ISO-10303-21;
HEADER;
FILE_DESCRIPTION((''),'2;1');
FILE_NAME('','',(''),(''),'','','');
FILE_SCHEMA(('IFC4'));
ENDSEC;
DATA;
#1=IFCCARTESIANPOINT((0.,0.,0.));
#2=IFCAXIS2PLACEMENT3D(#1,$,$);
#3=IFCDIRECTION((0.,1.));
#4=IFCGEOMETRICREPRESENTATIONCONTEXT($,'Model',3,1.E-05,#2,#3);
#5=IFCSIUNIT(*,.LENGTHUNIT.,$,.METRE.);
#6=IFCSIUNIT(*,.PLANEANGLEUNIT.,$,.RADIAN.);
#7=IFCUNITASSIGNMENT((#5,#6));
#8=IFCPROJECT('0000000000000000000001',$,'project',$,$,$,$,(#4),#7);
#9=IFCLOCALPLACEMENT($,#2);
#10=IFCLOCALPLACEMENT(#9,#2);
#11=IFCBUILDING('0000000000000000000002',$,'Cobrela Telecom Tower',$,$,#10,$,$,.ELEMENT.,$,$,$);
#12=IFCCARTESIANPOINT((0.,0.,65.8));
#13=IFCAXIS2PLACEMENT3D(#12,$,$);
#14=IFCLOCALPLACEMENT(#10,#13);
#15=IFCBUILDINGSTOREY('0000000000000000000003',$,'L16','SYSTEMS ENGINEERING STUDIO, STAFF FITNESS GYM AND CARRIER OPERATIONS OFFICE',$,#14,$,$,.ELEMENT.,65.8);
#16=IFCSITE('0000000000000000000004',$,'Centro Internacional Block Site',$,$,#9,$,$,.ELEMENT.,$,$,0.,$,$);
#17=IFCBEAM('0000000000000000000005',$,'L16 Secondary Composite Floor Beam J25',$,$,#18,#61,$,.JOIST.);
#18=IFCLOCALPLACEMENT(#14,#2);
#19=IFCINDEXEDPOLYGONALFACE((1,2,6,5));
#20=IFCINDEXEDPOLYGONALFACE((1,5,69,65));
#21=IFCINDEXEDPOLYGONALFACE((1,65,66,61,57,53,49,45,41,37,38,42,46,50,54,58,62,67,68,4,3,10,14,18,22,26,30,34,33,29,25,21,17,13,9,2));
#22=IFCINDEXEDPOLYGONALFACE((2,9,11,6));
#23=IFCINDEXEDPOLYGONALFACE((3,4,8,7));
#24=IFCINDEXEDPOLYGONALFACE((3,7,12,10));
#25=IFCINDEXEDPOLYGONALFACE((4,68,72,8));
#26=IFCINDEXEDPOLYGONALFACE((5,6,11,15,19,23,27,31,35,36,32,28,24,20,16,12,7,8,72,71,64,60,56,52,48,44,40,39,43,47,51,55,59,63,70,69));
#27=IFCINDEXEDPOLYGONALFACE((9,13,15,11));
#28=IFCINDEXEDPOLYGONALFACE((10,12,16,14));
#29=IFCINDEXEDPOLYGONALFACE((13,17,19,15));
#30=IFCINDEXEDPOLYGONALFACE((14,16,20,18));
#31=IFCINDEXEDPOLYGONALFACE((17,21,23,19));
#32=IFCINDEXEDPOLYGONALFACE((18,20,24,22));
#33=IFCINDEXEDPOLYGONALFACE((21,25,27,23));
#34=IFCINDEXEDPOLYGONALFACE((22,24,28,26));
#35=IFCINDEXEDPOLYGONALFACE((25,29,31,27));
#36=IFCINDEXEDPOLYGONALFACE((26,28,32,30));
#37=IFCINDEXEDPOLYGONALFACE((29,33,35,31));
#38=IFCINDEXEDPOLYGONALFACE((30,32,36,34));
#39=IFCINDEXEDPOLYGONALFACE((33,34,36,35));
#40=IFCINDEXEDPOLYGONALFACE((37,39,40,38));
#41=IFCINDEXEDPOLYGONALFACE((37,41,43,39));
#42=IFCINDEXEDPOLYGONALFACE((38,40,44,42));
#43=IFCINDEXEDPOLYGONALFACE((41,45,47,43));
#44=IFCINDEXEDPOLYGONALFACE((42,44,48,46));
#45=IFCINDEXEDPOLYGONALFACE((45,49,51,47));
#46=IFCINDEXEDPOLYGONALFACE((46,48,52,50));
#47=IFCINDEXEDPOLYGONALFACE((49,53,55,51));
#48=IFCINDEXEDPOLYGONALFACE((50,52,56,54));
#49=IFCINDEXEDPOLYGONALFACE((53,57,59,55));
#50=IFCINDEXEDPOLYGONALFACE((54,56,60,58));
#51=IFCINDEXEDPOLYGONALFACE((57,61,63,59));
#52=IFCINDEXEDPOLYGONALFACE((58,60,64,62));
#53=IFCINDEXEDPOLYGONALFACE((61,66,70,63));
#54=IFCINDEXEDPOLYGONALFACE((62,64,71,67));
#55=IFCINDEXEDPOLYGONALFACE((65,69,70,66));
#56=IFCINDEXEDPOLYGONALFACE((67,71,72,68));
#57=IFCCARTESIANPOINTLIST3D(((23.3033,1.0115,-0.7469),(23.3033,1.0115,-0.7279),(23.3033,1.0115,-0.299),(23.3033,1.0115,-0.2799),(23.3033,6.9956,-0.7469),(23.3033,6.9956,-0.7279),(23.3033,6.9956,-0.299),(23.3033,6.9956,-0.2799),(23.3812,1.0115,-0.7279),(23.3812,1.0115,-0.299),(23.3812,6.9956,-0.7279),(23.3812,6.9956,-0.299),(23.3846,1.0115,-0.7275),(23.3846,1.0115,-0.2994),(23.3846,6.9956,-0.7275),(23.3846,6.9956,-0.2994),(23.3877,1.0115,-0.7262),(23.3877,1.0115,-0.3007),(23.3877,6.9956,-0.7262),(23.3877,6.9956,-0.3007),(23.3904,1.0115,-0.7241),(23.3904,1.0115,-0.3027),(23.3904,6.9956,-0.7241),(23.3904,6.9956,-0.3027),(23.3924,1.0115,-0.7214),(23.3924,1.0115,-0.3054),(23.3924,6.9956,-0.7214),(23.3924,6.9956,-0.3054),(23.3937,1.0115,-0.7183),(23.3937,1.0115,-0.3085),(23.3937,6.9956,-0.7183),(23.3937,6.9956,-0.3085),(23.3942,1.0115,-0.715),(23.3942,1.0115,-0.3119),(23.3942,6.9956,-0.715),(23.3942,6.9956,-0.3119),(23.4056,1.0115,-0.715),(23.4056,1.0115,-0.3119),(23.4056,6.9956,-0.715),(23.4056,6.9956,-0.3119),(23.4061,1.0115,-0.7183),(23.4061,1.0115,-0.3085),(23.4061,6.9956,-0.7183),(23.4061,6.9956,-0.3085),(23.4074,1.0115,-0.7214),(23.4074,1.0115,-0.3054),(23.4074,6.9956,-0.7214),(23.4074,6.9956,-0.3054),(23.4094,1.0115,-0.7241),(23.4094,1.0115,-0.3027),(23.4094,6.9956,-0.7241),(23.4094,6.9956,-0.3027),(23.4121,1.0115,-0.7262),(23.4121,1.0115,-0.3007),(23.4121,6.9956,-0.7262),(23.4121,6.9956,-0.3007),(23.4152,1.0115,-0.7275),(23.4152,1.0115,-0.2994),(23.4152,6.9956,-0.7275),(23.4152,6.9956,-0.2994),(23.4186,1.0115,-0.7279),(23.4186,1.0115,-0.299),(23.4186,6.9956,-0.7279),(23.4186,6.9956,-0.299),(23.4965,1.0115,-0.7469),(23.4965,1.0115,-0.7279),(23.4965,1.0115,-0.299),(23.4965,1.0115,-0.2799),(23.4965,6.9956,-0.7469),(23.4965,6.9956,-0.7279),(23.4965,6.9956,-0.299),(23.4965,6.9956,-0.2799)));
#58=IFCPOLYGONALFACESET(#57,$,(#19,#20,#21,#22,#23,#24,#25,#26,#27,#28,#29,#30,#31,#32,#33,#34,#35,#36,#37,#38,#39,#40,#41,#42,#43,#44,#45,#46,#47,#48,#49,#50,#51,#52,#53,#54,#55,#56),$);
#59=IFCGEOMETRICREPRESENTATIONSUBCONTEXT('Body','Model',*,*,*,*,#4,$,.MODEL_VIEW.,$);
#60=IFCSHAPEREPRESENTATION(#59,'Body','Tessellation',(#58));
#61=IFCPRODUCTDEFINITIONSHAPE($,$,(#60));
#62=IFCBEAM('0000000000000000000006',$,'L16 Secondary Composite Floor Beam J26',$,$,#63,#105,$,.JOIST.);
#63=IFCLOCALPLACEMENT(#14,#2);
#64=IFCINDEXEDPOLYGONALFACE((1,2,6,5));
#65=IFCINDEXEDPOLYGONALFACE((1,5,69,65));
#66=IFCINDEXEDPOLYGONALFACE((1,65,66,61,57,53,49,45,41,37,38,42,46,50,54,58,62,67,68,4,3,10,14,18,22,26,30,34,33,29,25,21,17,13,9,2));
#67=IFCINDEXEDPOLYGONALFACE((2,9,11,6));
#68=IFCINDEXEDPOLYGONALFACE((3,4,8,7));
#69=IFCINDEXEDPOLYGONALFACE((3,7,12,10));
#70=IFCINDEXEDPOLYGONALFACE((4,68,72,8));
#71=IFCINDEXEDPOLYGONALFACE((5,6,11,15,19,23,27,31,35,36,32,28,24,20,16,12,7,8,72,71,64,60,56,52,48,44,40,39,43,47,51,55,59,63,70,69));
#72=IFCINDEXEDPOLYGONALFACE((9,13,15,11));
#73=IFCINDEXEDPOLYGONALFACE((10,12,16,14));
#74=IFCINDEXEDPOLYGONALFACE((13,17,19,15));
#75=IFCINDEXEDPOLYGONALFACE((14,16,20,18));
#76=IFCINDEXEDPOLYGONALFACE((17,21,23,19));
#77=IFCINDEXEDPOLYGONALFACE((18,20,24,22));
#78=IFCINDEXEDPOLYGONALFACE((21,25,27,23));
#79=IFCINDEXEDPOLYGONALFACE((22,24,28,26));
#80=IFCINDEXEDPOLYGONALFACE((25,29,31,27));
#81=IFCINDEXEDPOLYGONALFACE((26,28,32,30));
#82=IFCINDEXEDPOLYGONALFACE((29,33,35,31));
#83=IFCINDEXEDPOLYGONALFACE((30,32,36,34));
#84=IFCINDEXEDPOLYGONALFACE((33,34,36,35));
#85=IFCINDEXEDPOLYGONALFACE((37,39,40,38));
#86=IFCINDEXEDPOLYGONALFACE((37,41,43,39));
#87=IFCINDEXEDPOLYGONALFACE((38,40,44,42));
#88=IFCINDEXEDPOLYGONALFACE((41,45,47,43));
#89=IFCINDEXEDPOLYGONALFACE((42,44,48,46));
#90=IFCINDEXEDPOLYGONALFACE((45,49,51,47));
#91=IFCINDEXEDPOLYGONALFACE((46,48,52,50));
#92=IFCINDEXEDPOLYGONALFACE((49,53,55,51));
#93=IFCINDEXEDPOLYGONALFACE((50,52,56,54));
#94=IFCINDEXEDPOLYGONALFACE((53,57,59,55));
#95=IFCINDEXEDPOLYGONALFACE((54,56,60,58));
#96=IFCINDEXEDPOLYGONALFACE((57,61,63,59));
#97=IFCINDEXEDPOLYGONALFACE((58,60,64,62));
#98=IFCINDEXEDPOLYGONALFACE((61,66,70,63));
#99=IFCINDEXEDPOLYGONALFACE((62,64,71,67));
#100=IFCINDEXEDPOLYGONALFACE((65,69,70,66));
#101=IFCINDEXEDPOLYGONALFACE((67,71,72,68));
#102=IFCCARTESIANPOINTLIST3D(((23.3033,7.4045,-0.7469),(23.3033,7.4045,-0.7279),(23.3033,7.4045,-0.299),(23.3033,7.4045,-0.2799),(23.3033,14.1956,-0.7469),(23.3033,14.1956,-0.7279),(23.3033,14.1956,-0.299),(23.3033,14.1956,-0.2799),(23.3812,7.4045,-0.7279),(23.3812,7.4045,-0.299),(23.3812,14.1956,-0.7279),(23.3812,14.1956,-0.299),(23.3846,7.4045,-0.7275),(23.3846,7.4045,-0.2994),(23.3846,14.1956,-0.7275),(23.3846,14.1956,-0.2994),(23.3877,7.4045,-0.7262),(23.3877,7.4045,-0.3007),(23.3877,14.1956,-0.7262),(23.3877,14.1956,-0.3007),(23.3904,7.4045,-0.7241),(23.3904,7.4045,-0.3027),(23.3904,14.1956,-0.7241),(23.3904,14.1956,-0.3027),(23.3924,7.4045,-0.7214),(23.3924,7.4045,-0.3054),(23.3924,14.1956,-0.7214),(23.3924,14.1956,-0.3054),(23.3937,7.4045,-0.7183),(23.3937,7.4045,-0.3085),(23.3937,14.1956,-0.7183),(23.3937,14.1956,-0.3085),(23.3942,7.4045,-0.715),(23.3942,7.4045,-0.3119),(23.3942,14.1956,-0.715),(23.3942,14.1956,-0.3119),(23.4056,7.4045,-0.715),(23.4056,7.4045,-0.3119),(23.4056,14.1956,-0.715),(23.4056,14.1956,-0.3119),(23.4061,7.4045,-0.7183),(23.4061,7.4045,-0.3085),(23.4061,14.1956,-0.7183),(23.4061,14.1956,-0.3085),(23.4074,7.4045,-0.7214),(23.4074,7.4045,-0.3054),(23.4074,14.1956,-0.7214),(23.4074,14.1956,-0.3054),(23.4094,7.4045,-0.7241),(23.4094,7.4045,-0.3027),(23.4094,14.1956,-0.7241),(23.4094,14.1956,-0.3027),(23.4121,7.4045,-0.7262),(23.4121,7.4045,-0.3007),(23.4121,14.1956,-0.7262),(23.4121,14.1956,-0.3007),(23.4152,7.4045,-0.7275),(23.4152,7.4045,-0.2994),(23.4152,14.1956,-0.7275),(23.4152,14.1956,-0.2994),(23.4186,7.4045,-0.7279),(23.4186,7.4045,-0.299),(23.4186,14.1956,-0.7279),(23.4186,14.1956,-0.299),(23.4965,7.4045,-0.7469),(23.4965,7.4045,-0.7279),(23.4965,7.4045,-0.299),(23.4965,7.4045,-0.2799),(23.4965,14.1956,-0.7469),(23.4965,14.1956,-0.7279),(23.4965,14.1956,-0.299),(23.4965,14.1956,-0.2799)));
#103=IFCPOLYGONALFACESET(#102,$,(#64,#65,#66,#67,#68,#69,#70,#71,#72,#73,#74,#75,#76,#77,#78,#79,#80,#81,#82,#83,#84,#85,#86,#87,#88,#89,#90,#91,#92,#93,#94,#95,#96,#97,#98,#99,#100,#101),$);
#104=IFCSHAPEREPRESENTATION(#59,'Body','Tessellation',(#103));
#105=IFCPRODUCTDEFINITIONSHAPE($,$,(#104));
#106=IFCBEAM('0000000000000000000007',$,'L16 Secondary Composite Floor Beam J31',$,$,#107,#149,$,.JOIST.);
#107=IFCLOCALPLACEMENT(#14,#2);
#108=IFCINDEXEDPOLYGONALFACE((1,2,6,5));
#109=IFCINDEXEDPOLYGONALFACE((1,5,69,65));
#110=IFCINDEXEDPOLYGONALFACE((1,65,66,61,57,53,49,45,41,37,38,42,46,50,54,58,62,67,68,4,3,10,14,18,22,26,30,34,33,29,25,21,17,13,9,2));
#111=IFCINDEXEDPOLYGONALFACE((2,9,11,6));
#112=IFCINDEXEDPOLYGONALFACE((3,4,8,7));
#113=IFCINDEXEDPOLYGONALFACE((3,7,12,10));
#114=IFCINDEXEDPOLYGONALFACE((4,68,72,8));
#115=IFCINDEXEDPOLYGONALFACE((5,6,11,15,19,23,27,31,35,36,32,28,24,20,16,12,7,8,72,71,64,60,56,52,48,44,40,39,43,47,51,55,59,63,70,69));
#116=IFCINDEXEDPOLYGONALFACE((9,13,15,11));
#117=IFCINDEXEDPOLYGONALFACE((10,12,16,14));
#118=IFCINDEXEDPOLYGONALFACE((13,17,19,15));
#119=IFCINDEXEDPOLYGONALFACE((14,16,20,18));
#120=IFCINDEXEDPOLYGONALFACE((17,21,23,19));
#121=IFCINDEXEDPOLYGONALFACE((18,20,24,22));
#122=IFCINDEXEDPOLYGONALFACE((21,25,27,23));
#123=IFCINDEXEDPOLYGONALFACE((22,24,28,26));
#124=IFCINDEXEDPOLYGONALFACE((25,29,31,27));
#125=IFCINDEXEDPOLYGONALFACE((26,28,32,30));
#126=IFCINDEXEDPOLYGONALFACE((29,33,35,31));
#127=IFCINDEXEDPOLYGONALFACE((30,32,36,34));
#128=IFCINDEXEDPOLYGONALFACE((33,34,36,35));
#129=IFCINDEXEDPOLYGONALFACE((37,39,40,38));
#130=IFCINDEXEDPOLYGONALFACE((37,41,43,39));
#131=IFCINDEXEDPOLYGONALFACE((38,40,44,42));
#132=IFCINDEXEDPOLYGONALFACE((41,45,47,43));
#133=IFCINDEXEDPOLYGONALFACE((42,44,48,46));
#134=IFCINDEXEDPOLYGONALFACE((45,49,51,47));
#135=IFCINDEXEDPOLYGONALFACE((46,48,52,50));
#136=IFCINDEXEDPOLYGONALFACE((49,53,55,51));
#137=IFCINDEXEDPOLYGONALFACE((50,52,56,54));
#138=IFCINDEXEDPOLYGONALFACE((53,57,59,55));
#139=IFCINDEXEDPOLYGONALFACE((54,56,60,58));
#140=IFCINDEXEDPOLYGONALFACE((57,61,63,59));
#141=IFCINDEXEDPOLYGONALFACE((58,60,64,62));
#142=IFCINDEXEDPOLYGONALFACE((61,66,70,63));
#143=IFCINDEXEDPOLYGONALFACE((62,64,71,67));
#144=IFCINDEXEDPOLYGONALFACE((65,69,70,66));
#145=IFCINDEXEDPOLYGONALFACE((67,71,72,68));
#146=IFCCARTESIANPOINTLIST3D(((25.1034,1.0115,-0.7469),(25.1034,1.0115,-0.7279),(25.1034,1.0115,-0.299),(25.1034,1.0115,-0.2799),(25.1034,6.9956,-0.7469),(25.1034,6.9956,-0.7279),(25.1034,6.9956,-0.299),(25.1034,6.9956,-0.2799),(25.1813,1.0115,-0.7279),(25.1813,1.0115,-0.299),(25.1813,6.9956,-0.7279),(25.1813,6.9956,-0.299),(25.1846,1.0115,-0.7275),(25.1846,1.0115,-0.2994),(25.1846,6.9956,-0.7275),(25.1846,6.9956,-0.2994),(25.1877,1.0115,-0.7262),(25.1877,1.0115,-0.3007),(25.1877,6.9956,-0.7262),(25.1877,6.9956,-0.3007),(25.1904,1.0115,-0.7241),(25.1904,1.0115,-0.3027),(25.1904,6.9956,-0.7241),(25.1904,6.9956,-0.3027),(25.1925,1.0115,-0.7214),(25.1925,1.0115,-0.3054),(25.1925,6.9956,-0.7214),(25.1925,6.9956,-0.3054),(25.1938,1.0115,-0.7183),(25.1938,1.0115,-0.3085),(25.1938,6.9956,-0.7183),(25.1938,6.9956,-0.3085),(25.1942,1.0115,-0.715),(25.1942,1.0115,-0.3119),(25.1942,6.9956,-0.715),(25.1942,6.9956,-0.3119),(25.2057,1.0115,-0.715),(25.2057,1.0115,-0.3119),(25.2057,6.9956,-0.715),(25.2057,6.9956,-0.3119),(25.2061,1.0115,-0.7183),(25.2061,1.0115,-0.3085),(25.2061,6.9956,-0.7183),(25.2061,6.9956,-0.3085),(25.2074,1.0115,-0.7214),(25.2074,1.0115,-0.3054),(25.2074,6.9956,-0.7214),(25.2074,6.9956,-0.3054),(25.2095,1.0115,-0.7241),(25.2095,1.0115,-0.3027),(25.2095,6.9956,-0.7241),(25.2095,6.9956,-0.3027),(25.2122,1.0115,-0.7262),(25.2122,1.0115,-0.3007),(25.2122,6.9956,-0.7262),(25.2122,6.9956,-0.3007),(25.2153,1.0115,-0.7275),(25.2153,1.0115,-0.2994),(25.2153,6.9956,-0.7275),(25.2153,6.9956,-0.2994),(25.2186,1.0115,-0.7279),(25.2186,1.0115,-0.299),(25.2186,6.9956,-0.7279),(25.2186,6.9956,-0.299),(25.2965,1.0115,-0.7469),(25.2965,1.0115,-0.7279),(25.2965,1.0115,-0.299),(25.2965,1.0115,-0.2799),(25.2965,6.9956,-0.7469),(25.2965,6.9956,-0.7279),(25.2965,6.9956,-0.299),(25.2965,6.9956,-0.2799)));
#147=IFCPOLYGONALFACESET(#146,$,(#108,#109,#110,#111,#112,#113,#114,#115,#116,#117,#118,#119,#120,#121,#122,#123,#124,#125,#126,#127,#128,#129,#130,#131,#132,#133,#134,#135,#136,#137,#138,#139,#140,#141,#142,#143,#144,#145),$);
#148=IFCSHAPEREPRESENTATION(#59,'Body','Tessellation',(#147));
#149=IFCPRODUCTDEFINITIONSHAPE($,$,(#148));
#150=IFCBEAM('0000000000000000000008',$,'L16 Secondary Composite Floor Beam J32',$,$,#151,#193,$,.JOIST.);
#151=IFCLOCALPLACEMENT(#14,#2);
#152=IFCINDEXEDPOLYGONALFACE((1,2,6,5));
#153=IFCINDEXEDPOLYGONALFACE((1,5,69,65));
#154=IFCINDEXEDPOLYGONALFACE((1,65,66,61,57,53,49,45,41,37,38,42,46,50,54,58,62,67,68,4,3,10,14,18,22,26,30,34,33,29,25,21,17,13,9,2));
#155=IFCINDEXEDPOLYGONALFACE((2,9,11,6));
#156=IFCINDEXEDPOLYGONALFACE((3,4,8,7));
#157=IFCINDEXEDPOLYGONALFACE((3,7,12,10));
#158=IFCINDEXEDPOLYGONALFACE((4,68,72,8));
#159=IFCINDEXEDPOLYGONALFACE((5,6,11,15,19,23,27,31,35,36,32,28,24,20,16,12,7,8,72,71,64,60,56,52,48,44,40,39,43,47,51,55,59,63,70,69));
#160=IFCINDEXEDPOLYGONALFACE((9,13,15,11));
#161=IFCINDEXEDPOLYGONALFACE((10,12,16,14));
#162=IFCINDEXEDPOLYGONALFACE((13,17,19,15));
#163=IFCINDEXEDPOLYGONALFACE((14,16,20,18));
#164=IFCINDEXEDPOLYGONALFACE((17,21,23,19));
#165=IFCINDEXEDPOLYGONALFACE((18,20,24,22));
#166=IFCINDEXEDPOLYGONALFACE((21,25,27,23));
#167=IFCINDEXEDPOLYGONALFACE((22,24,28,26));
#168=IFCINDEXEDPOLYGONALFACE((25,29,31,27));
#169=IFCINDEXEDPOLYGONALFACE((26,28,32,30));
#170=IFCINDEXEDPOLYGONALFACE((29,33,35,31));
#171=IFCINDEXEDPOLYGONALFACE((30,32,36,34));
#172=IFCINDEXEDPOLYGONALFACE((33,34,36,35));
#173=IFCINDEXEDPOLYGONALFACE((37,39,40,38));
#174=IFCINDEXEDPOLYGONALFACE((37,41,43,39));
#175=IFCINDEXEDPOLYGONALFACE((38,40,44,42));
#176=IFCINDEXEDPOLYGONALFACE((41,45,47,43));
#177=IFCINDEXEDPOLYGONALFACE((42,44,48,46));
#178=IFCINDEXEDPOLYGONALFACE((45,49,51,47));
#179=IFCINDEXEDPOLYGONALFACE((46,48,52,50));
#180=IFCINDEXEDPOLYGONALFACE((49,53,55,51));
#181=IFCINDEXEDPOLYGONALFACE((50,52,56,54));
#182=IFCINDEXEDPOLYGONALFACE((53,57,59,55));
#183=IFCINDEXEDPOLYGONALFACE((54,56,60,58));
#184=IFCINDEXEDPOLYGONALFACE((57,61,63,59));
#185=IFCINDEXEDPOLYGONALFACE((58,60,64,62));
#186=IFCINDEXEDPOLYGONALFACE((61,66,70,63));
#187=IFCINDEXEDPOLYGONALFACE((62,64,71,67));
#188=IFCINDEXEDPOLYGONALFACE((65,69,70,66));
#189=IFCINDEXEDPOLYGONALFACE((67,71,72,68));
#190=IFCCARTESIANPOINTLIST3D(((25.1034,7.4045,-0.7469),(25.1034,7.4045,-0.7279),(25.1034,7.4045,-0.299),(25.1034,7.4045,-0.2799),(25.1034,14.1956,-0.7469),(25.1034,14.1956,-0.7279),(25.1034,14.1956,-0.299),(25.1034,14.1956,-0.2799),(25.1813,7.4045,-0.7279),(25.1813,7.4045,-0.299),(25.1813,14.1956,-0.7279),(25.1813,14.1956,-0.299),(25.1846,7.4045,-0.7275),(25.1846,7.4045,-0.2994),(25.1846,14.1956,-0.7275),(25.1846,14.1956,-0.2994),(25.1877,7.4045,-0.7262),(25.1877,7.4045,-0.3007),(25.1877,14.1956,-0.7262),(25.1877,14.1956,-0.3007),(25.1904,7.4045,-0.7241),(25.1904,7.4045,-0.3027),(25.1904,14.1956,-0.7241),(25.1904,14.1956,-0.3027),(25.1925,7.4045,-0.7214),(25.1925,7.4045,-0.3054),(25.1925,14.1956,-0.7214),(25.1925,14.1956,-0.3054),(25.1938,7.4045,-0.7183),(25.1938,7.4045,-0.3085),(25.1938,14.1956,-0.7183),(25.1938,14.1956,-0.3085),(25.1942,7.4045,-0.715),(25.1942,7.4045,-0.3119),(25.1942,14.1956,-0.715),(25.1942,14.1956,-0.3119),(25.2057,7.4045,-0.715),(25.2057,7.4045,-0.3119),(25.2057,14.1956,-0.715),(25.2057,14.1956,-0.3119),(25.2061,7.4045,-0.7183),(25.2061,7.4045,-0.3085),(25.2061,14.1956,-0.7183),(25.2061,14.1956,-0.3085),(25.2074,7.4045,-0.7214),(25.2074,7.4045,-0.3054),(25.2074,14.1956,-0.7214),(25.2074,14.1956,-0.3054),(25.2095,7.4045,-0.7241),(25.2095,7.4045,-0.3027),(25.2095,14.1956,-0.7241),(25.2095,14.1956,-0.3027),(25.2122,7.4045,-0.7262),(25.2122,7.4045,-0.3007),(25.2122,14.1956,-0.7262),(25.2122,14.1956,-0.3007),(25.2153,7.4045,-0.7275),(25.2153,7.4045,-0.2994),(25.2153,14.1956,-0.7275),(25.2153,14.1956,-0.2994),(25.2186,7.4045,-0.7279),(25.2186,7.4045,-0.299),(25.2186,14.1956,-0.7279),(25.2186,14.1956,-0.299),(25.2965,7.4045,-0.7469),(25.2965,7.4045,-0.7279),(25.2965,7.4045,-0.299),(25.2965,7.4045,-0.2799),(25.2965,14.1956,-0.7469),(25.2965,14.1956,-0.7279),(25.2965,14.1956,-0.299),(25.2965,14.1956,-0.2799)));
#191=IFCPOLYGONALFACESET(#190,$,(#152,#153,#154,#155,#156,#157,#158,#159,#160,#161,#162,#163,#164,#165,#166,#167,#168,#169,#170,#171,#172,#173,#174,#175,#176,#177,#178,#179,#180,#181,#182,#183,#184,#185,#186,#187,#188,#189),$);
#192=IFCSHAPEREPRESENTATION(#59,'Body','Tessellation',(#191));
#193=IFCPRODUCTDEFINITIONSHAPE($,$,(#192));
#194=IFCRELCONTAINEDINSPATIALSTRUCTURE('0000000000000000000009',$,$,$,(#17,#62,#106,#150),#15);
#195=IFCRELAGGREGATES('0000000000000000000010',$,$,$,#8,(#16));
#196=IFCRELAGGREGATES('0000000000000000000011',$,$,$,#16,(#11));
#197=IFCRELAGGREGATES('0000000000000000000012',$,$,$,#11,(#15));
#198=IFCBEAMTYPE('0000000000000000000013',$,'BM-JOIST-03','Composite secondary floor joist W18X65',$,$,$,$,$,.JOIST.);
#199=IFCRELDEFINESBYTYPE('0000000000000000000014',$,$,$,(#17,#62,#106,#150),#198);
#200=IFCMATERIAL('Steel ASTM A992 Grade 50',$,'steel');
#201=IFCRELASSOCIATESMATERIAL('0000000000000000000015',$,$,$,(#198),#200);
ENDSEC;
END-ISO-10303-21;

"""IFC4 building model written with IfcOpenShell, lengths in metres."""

from ifc_helpers import new_model, si_unit, direction, frame, origin, origin_2d, place, context, subcontext, project, spatial, i_section, extrude, material, material_profile, profile_set, type_object, element, save


model = new_model("IFC4")

# Units and contexts
model_context = context("Model", 3, precision=1e-05, world=origin(), true_north=direction((0.0, 1.0)))
body_context = subcontext(model_context, "Body", "Model", "MODEL_VIEW")
ifc_project = project(units=[si_unit("LENGTHUNIT", "METRE"), si_unit("PLANEANGLEUNIT", "RADIAN")], contexts=[model_context])

# Site, building, storey
site_placement = place(None, origin())
site = spatial("IfcSite", under=ifc_project, at=site_placement, Name="Centro Internacional Block Site", CompositionType="ELEMENT", RefElevation=0.0)
building_placement = place(site_placement, origin())
building = spatial("IfcBuilding", under=site, at=building_placement, Name="Cobrela Telecom Tower", CompositionType="ELEMENT")
storey_placement = place(building_placement, frame((0.0, 0.0, 65.8)))
storey = spatial("IfcBuildingStorey", under=building, at=storey_placement, Name="L16", Description="SYSTEMS ENGINEERING STUDIO, STAFF FITNESS GYM AND CARRIER OPERATIONS OFFICE", CompositionType="ELEMENT", Elevation=65.8)

# Shared definitions
ifc_material_1 = material(Name="Steel ASTM A992 Grade 50", Category="steel")

# Beams
ifc_material_profile_1 = material_profile(ifc_material_1, i_section(OverallWidth=0.1931, OverallDepth=0.467, WebThickness=0.0115, FlangeThickness=0.019, FilletRadius=0.0129, at=origin_2d()), Name="W18X65")
ifc_profile_set_1 = profile_set([ifc_material_profile_1], Name="Steel ASTM A992 Grade 50")
beam_type_1 = type_object("IfcBeamType", Name="BM-JOIST-03", Description="Composite secondary floor joist W18X65", PredefinedType="JOIST", material=ifc_profile_set_1)
beam_1_placement = place(storey_placement, frame((23.3999, 1.0115, -0.5134), z_axis=(0.0, 1.0, 0.0), x_axis=(-1.0, 0.0, 0.0)))
element("IfcBeam", 1, at=beam_1_placement, inside=storey, type_object=beam_type_1, Name="L16 Secondary Composite Floor Beam J25", PredefinedType="JOIST", context=body_context, shape_type="SweptSolid", body=[
    extrude(i_section(OverallWidth=0.1931, OverallDepth=0.467, WebThickness=0.0115, FlangeThickness=0.019, FilletRadius=0.0129, at=origin_2d()), origin(), (0.0, 0.0, 1.0), 5.9841),
])
beam_2_placement = place(storey_placement, frame((23.3999, 7.4045, -0.5134), z_axis=(0.0, 1.0, 0.0), x_axis=(-1.0, 0.0, 0.0)))
element("IfcBeam", 2, at=beam_2_placement, inside=storey, type_object=beam_type_1, Name="L16 Secondary Composite Floor Beam J26", PredefinedType="JOIST", context=body_context, shape_type="SweptSolid", body=[
    extrude(i_section(OverallWidth=0.1931, OverallDepth=0.467, WebThickness=0.0115, FlangeThickness=0.019, FilletRadius=0.0129, at=origin_2d()), origin(), (0.0, 0.0, 1.0), 6.791),
])
beam_3_placement = place(storey_placement, frame((25.2, 1.0115, -0.5134), z_axis=(0.0, 1.0, 0.0), x_axis=(-1.0, 0.0, 0.0)))
element("IfcBeam", 3, at=beam_3_placement, inside=storey, type_object=beam_type_1, Name="L16 Secondary Composite Floor Beam J31", PredefinedType="JOIST", context=body_context, shape_type="SweptSolid", body=[
    extrude(i_section(OverallWidth=0.1931, OverallDepth=0.467, WebThickness=0.0115, FlangeThickness=0.019, FilletRadius=0.0129, at=origin_2d()), origin(), (0.0, 0.0, 1.0), 5.9841),
])
beam_4_placement = place(storey_placement, frame((25.2, 7.4045, -0.5134), z_axis=(0.0, 1.0, 0.0), x_axis=(-1.0, 0.0, 0.0)))
element("IfcBeam", 4, at=beam_4_placement, inside=storey, type_object=beam_type_1, Name="L16 Secondary Composite Floor Beam J32", PredefinedType="JOIST", context=body_context, shape_type="SweptSolid", body=[
    extrude(i_section(OverallWidth=0.1931, OverallDepth=0.467, WebThickness=0.0115, FlangeThickness=0.019, FilletRadius=0.0129, at=origin_2d()), origin(), (0.0, 0.0, 1.0), 6.791),
])

save(model, "model.ifc")
